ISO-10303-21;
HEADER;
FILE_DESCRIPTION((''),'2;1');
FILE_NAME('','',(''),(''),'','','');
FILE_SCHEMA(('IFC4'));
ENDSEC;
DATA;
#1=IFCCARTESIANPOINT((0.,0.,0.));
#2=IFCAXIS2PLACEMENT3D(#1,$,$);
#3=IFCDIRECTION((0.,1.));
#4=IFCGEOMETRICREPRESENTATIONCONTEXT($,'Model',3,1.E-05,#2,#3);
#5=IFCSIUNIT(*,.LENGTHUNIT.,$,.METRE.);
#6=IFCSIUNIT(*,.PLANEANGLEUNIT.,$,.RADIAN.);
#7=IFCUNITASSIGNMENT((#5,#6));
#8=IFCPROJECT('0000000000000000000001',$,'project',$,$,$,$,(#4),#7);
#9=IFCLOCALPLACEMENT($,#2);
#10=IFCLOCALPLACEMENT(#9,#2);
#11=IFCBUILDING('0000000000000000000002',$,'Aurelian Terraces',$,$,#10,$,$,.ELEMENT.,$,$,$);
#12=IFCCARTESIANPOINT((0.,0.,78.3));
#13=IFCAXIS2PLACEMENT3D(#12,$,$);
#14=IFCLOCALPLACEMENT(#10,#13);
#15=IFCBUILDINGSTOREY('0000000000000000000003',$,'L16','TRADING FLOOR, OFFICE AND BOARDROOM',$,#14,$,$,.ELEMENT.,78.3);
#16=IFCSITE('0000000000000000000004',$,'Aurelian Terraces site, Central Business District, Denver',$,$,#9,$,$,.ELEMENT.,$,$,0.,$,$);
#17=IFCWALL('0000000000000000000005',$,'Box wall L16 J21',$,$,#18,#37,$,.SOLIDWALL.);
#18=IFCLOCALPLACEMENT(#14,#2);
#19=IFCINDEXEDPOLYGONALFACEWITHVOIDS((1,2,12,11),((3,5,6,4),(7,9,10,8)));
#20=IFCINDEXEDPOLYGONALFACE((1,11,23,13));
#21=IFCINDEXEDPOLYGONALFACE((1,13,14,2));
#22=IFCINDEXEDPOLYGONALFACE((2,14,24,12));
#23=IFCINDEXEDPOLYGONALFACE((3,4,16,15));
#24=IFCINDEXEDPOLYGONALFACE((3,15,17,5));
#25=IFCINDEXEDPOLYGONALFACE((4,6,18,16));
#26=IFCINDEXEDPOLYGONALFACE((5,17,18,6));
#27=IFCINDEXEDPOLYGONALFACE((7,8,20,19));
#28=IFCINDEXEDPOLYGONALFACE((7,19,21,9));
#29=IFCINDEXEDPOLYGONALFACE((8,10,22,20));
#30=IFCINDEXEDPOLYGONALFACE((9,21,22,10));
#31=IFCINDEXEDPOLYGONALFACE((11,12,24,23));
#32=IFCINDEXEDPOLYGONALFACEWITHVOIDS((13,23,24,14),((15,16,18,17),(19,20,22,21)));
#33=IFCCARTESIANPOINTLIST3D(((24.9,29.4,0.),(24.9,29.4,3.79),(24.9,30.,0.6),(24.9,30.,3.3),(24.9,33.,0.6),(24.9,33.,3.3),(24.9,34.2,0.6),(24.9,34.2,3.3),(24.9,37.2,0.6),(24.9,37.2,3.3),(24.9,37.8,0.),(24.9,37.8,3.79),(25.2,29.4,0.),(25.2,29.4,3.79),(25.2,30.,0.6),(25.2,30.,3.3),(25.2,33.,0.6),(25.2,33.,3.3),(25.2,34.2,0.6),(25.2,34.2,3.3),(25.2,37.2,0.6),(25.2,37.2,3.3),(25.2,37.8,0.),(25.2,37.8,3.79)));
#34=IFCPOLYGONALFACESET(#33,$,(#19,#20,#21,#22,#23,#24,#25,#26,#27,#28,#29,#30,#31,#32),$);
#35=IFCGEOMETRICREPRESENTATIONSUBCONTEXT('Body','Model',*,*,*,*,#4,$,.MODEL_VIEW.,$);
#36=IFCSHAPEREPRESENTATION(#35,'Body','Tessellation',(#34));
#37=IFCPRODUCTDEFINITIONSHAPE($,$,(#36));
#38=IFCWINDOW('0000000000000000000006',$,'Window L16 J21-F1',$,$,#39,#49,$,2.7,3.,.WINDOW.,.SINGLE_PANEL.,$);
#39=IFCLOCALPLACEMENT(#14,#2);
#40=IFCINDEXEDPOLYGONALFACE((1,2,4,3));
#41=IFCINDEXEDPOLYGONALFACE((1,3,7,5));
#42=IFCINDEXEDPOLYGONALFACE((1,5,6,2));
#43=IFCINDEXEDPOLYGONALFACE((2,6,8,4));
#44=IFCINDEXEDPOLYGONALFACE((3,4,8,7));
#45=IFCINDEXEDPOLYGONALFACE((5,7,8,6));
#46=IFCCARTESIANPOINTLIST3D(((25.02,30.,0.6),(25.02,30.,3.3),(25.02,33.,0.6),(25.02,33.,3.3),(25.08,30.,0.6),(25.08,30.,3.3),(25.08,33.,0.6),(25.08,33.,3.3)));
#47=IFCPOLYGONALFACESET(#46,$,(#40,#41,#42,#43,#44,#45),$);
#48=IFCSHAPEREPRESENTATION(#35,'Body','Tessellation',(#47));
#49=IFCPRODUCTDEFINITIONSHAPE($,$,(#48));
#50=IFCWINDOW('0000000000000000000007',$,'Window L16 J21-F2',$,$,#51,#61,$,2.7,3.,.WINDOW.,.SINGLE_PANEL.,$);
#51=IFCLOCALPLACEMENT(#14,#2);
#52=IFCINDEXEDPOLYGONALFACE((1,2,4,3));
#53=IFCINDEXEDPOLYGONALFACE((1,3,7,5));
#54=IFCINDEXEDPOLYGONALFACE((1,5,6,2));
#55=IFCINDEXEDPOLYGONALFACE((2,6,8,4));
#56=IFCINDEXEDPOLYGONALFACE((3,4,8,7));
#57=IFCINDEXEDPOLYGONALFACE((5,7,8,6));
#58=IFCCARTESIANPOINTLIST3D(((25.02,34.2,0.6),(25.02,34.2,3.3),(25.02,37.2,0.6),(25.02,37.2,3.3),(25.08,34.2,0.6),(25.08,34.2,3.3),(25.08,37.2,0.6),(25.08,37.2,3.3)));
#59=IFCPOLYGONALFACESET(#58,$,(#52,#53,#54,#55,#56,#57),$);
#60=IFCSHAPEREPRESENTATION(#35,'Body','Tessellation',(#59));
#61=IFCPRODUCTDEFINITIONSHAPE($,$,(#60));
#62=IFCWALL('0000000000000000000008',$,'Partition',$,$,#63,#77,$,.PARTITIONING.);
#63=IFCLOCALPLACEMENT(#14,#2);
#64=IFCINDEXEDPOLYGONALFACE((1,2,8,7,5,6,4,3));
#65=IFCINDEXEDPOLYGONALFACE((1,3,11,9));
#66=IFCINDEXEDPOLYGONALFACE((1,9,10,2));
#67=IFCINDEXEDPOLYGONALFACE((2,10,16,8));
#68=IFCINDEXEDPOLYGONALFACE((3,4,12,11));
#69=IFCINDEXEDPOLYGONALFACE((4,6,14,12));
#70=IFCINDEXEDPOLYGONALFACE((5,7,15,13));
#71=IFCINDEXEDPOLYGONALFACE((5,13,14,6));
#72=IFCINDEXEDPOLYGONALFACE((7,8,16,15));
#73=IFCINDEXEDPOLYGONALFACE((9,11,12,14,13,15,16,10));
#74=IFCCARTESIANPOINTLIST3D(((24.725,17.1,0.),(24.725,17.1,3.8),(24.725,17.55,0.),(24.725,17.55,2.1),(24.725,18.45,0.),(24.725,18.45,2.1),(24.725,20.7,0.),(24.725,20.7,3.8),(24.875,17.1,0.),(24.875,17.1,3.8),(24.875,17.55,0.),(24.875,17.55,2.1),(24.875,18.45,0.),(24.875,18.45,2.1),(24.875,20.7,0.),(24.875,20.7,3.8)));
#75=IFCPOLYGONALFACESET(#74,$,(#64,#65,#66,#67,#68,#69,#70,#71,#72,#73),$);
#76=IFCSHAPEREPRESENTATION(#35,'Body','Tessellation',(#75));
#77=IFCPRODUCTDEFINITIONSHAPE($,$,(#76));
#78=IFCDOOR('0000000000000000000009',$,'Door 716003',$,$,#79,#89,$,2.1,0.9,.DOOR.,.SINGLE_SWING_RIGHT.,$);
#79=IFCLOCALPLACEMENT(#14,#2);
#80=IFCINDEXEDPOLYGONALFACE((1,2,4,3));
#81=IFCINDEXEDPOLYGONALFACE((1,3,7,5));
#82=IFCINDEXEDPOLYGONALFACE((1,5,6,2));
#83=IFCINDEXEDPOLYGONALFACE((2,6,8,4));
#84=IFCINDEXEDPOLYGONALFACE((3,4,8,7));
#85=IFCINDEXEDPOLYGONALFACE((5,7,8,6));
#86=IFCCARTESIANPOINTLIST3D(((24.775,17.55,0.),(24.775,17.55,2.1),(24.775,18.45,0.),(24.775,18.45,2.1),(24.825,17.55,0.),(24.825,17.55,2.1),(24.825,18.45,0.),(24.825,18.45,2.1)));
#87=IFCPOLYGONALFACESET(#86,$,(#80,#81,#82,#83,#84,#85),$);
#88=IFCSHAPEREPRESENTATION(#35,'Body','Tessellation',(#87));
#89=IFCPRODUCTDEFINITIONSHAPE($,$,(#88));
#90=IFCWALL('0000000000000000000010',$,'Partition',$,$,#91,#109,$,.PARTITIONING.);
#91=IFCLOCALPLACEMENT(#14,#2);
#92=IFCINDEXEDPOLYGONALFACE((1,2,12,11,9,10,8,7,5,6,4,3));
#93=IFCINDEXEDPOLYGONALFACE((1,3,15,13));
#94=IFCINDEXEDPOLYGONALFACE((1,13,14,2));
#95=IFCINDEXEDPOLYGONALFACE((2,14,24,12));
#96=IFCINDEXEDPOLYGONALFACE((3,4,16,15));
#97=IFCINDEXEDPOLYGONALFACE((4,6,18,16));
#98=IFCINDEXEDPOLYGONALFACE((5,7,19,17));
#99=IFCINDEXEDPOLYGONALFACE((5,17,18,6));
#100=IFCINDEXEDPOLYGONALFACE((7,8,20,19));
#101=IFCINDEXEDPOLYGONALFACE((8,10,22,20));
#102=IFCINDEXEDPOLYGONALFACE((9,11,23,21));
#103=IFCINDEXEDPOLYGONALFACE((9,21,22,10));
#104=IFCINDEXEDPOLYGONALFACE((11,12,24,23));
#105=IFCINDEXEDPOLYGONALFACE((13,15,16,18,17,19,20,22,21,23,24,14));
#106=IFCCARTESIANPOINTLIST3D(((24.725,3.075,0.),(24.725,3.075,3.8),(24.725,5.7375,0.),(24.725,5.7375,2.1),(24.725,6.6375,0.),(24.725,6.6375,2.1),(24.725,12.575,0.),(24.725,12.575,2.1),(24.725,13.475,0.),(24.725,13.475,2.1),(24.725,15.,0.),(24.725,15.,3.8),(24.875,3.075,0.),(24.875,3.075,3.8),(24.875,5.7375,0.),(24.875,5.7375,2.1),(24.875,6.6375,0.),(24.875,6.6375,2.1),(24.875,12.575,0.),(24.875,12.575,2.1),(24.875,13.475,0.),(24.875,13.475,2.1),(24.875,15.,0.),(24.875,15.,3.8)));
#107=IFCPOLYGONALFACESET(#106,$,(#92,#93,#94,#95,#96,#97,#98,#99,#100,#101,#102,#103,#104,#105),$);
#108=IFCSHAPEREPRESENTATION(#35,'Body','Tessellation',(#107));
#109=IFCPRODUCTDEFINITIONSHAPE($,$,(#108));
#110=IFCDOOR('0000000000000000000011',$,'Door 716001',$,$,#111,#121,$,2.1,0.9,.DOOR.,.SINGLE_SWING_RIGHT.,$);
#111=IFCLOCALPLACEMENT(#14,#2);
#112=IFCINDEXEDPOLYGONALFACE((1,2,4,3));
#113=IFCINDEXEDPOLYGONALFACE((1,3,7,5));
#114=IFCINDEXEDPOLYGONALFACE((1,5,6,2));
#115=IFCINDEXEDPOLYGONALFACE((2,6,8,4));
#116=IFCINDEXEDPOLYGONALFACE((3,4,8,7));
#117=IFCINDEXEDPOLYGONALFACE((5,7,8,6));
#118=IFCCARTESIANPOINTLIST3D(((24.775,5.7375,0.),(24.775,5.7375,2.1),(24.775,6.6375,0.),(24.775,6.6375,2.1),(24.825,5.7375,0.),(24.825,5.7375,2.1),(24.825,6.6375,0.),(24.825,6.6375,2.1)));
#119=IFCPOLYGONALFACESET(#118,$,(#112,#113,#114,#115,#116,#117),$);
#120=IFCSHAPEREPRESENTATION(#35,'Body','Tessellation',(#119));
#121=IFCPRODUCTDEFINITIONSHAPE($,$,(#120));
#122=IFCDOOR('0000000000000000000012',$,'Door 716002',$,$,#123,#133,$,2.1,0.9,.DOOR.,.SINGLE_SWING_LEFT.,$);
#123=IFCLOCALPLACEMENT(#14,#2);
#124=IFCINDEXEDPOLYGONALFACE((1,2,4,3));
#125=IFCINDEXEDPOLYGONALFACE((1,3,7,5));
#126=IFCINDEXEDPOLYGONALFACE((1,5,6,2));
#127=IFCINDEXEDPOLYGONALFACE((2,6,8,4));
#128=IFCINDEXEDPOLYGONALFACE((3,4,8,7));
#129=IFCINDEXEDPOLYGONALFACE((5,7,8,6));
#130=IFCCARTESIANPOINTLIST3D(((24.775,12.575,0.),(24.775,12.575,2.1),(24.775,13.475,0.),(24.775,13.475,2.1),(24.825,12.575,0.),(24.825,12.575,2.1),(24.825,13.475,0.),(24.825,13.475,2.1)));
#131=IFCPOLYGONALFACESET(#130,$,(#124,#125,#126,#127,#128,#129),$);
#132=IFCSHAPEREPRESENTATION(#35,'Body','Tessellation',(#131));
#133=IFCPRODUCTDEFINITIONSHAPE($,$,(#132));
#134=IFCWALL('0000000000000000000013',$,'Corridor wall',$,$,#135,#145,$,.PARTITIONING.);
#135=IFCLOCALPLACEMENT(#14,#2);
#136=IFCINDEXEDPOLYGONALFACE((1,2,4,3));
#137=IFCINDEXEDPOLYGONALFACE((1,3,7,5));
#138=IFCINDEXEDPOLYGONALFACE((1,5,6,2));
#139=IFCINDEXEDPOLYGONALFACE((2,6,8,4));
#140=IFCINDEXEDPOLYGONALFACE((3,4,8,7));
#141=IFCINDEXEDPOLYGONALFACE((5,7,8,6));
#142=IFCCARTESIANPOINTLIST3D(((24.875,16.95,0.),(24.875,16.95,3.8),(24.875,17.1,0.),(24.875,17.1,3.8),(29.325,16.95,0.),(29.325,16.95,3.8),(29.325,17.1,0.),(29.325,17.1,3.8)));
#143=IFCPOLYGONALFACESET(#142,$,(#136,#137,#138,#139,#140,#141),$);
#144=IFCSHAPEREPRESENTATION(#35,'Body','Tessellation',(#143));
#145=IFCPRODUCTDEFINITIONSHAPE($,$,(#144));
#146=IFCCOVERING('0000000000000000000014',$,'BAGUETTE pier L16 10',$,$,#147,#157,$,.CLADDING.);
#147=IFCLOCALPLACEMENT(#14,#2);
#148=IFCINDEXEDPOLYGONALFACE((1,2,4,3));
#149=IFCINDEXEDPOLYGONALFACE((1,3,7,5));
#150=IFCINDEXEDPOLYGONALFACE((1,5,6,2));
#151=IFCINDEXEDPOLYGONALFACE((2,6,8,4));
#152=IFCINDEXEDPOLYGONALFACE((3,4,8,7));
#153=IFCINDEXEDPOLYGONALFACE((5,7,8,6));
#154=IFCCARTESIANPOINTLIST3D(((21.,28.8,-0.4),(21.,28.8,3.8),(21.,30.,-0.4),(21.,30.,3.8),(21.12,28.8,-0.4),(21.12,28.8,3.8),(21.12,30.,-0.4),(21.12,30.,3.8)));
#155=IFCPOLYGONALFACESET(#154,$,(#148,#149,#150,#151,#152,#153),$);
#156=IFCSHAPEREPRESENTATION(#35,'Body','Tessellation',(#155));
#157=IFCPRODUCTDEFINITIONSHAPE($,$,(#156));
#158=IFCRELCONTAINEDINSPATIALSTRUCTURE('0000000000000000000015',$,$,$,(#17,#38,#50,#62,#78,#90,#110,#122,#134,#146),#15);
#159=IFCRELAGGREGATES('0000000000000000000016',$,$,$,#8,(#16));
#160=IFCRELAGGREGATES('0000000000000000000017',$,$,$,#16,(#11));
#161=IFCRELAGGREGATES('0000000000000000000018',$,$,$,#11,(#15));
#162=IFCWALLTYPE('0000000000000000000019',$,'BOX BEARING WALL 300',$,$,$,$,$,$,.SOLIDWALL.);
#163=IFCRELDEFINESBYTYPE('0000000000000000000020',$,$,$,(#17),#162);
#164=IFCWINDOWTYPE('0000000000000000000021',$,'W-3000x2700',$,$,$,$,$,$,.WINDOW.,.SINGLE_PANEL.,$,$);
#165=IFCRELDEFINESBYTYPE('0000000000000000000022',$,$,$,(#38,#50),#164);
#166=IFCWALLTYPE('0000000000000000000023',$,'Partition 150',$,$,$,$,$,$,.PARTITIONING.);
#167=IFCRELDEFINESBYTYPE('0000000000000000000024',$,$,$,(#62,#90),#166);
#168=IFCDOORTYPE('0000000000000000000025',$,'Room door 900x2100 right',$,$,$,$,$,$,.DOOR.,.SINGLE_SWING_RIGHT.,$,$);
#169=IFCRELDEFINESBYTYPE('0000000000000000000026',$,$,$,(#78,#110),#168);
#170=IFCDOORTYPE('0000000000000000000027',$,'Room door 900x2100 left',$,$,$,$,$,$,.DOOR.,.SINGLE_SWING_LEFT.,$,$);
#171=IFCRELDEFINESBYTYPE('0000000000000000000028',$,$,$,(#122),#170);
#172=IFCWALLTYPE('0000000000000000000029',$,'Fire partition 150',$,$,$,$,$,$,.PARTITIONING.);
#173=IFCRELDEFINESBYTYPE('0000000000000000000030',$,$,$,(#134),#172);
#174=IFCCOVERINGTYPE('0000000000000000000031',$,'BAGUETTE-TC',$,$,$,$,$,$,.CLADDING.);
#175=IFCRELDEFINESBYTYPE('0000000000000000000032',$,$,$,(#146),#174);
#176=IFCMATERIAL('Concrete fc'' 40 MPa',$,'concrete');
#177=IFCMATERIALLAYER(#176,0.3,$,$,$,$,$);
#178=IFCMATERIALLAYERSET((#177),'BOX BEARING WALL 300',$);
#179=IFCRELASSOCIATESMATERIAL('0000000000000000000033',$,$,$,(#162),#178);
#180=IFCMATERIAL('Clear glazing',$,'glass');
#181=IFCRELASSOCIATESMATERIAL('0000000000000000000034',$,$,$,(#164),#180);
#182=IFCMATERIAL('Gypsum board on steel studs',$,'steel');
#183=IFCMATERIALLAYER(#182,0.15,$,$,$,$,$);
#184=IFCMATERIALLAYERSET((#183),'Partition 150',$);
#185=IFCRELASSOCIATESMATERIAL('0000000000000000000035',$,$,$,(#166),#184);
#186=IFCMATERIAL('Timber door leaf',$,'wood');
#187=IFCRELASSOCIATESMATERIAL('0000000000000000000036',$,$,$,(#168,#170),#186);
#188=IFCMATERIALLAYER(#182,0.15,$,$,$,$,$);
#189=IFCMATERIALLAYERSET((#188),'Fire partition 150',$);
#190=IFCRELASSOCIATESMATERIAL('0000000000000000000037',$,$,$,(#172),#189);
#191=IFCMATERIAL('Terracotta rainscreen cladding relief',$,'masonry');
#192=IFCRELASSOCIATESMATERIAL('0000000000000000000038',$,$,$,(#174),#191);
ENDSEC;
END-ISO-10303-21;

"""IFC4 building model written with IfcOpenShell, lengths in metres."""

from ifc_helpers import new_model, si_unit, direction, frame, frame_2d, origin, origin_2d, place, context, subcontext, project, spatial, rectangle, extrude, source, transform, mapped, material, layer, layer_set, type_object, element, fill, save


model = new_model("IFC4")

# Units and contexts
model_context = context("Model", 3, precision=1e-05, world=origin(), true_north=direction((0.0, 1.0)))
body_context = subcontext(model_context, "Body", "Model", "MODEL_VIEW")
ifc_project = project(units=[si_unit("LENGTHUNIT", "METRE"), si_unit("PLANEANGLEUNIT", "RADIAN")], contexts=[model_context])

# Site, building, storey
site_placement = place(None, origin())
site = spatial("IfcSite", under=ifc_project, at=site_placement, Name="Aurelian Terraces site, Central Business District, Denver", CompositionType="ELEMENT", RefElevation=0.0)
building_placement = place(site_placement, origin())
building = spatial("IfcBuilding", under=site, at=building_placement, Name="Aurelian Terraces", CompositionType="ELEMENT")
storey_placement = place(building_placement, frame((0.0, 0.0, 78.3)))
storey = spatial("IfcBuildingStorey", under=building, at=storey_placement, Name="L16", Description="TRADING FLOOR, OFFICE AND BOARDROOM", CompositionType="ELEMENT", Elevation=78.3)

# Shared definitions
ifc_material_1 = material(Name="Concrete fc' 40 MPa", Category="concrete")
ifc_material_2 = material(Name="Clear glazing", Category="glass")

# Wall, openings, windows
ifc_layer_1 = layer(ifc_material_1, 0.3)
ifc_layer_set_1 = layer_set([ifc_layer_1], Name="BOX BEARING WALL 300")
wall_type_1 = type_object("IfcWallType", Name="BOX BEARING WALL 300", PredefinedType="SOLIDWALL", material=ifc_layer_set_1)
shared_shape_1 = source(origin(), body_context, "Body", "SweptSolid", [
    extrude(rectangle(XDim=8.4, YDim=0.3, at=frame_2d((4.2, 0.0))), origin(), (0.0, 0.0, 1.0), 3.79),
])
wall_1_placement = place(storey_placement, frame((25.05, 29.4, 0.0), z_axis=(0.0, 0.0, 1.0), x_axis=(0.0, 1.0, 0.0)))
wall_1 = element("IfcWall", 1, at=wall_1_placement, inside=storey, type_object=wall_type_1, Name="Box wall L16 J21", PredefinedType="SOLIDWALL", context=body_context, shape_type="MappedRepresentation", body=[
    mapped(shared_shape_1, transform((0.0, 0.0, 0.0), scale=1.0)),
])
shared_shape_2 = source(origin(), body_context, "Body", "SweptSolid", [
    extrude(rectangle(XDim=3.0, YDim=2.7, at=frame_2d((1.5, 1.35))), frame((0.0, 0.16, 0.0), z_axis=(0.0, -1.0, 0.0), x_axis=(1.0, 0.0, 0.0)), (0.0, 0.0, 1.0), 0.32),
])
opening_1_placement = place(wall_1_placement, frame((0.6, 0.0, 0.6)))
opening_1 = element("IfcOpeningElement", 2, at=opening_1_placement, cuts=wall_1, PredefinedType="OPENING", context=body_context, shape_type="MappedRepresentation", body=[
    mapped(shared_shape_2, transform((0.0, 0.0, 0.0), scale=1.0)),
])
opening_2_placement = place(wall_1_placement, frame((4.8, 0.0, 0.6)))
opening_2 = element("IfcOpeningElement", 3, at=opening_2_placement, cuts=wall_1, PredefinedType="OPENING", context=body_context, shape_type="MappedRepresentation", body=[
    mapped(shared_shape_2, transform((0.0, 0.0, 0.0), scale=1.0)),
])
window_type_1 = type_object("IfcWindowType", Name="W-3000x2700", PartitioningType="SINGLE_PANEL", PredefinedType="WINDOW", material=ifc_material_2)
shared_shape_3 = source(origin(), body_context, "Body", "SweptSolid", [
    extrude(rectangle(XDim=3.0, YDim=2.7, at=frame_2d((1.5, 1.35))), frame((0.0, 0.03, 0.0), z_axis=(0.0, -1.0, 0.0), x_axis=(1.0, 0.0, 0.0)), (0.0, 0.0, 1.0), 0.06),
])
window_1_placement = place(opening_1_placement, origin())
window_1 = element("IfcWindow", 4, at=window_1_placement, inside=storey, type_object=window_type_1, Name="Window L16 J21-F1", OverallHeight=2.7, OverallWidth=3.0, PartitioningType="SINGLE_PANEL", PredefinedType="WINDOW", context=body_context, shape_type="MappedRepresentation", body=[
    mapped(shared_shape_3, transform((0.0, 0.0, 0.0), scale=1.0)),
])
fill(opening_1, window_1)
window_2_placement = place(opening_2_placement, origin())
window_2 = element("IfcWindow", 5, at=window_2_placement, inside=storey, type_object=window_type_1, Name="Window L16 J21-F2", OverallHeight=2.7, OverallWidth=3.0, PartitioningType="SINGLE_PANEL", PredefinedType="WINDOW", context=body_context, shape_type="MappedRepresentation", body=[
    mapped(shared_shape_3, transform((0.0, 0.0, 0.0), scale=1.0)),
])
fill(opening_2, window_2)

# Wall, opening, door
ifc_material_3 = material(Name="Gypsum board on steel studs", Category="steel")
ifc_layer_2 = layer(ifc_material_3, 0.15)
ifc_layer_set_2 = layer_set([ifc_layer_2], Name="Partition 150")
wall_type_2 = type_object("IfcWallType", Name="Partition 150", PredefinedType="PARTITIONING", material=ifc_layer_set_2)
shared_shape_4 = source(origin(), body_context, "Body", "SweptSolid", [
    extrude(rectangle(XDim=3.6, YDim=0.15, at=frame_2d((1.8, 0.0))), origin(), (0.0, 0.0, 1.0), 3.8),
])
wall_2_placement = place(storey_placement, frame((24.8, 20.7, 0.0), z_axis=(0.0, 0.0, 1.0), x_axis=(0.0, -1.0, 0.0)))
wall_2 = element("IfcWall", 6, at=wall_2_placement, inside=storey, type_object=wall_type_2, Name="Partition", PredefinedType="PARTITIONING", context=body_context, shape_type="MappedRepresentation", body=[
    mapped(shared_shape_4, transform((0.0, 0.0, 0.0), scale=1.0)),
])
shared_shape_5 = source(origin(), body_context, "Body", "SweptSolid", [
    extrude(rectangle(XDim=0.9, YDim=2.1, at=frame_2d((0.45, 1.05))), frame((0.0, 0.085, 0.0), z_axis=(0.0, -1.0, 0.0), x_axis=(1.0, 0.0, 0.0)), (0.0, 0.0, 1.0), 0.17),
])
opening_3_placement = place(wall_2_placement, frame((2.25, 0.0, 0.0)))
opening_3 = element("IfcOpeningElement", 7, at=opening_3_placement, cuts=wall_2, PredefinedType="OPENING", context=body_context, shape_type="MappedRepresentation", body=[
    mapped(shared_shape_5, transform((0.0, 0.0, 0.0), scale=1.0)),
])
ifc_material_4 = material(Name="Timber door leaf", Category="wood")
door_type_1 = type_object("IfcDoorType", Name="Room door 900x2100 right", OperationType="SINGLE_SWING_RIGHT", PredefinedType="DOOR", material=ifc_material_4)
shared_shape_6 = source(origin(), body_context, "Body", "SweptSolid", [
    extrude(rectangle(XDim=0.9, YDim=2.1, at=frame_2d((0.45, 1.05))), frame((0.0, 0.025, 0.0), z_axis=(0.0, -1.0, 0.0), x_axis=(1.0, 0.0, 0.0)), (0.0, 0.0, 1.0), 0.05),
])
door_1_placement = place(opening_3_placement, origin())
door_1 = element("IfcDoor", 8, at=door_1_placement, inside=storey, type_object=door_type_1, Name="Door 716003", OperationType="SINGLE_SWING_RIGHT", OverallHeight=2.1, OverallWidth=0.9, PredefinedType="DOOR", context=body_context, shape_type="MappedRepresentation", body=[
    mapped(shared_shape_6, transform((0.0, 0.0, 0.0), scale=1.0)),
])
fill(opening_3, door_1)

# Wall, openings, doors
shared_shape_7 = source(origin(), body_context, "Body", "SweptSolid", [
    extrude(rectangle(XDim=11.925, YDim=0.15, at=frame_2d((5.9625, 0.0))), origin(), (0.0, 0.0, 1.0), 3.8),
])
wall_3_placement = place(storey_placement, frame((24.8, 15.0, 0.0), z_axis=(0.0, 0.0, 1.0), x_axis=(0.0, -1.0, 0.0)))
wall_3 = element("IfcWall", 9, at=wall_3_placement, inside=storey, type_object=wall_type_2, Name="Partition", PredefinedType="PARTITIONING", context=body_context, shape_type="MappedRepresentation", body=[
    mapped(shared_shape_7, transform((0.0, 0.0, 0.0), scale=1.0)),
])
opening_4_placement = place(wall_3_placement, frame((8.3625, 0.0, 0.0)))
opening_4 = element("IfcOpeningElement", 10, at=opening_4_placement, cuts=wall_3, PredefinedType="OPENING", context=body_context, shape_type="MappedRepresentation", body=[
    mapped(shared_shape_5, transform((0.0, 0.0, 0.0), scale=1.0)),
])
opening_5_placement = place(wall_3_placement, frame((1.525, 0.0, 0.0)))
opening_5 = element("IfcOpeningElement", 11, at=opening_5_placement, cuts=wall_3, PredefinedType="OPENING", context=body_context, shape_type="MappedRepresentation", body=[
    mapped(shared_shape_5, transform((0.0, 0.0, 0.0), scale=1.0)),
])
door_2_placement = place(opening_4_placement, origin())
door_2 = element("IfcDoor", 12, at=door_2_placement, inside=storey, type_object=door_type_1, Name="Door 716001", OperationType="SINGLE_SWING_RIGHT", OverallHeight=2.1, OverallWidth=0.9, PredefinedType="DOOR", context=body_context, shape_type="MappedRepresentation", body=[
    mapped(shared_shape_6, transform((0.0, 0.0, 0.0), scale=1.0)),
])
fill(opening_4, door_2)
door_type_2 = type_object("IfcDoorType", Name="Room door 900x2100 left", OperationType="SINGLE_SWING_LEFT", PredefinedType="DOOR", material=ifc_material_4)
door_3_placement = place(opening_5_placement, origin())
door_3 = element("IfcDoor", 13, at=door_3_placement, inside=storey, type_object=door_type_2, Name="Door 716002", OperationType="SINGLE_SWING_LEFT", OverallHeight=2.1, OverallWidth=0.9, PredefinedType="DOOR", context=body_context, shape_type="MappedRepresentation", body=[
    mapped(shared_shape_6, transform((0.0, 0.0, 0.0), scale=1.0)),
])
fill(opening_5, door_3)

# Wall
ifc_layer_3 = layer(ifc_material_3, 0.15)
ifc_layer_set_3 = layer_set([ifc_layer_3], Name="Fire partition 150")
wall_type_3 = type_object("IfcWallType", Name="Fire partition 150", PredefinedType="PARTITIONING", material=ifc_layer_set_3)
shared_shape_8 = source(origin(), body_context, "Body", "SweptSolid", [
    extrude(rectangle(XDim=4.45, YDim=0.15, at=frame_2d((2.225, 0.0))), origin(), (0.0, 0.0, 1.0), 3.8),
])
wall_4_placement = place(storey_placement, frame((24.875, 17.025, 0.0), z_axis=(0.0, 0.0, 1.0), x_axis=(1.0, 0.0, 0.0)))
element("IfcWall", 14, at=wall_4_placement, inside=storey, type_object=wall_type_3, Name="Corridor wall", PredefinedType="PARTITIONING", context=body_context, shape_type="MappedRepresentation", body=[
    mapped(shared_shape_8, transform((0.0, 0.0, 0.0), scale=1.0)),
])

# Covering
ifc_material_5 = material(Name="Terracotta rainscreen cladding relief", Category="masonry")
covering_type = type_object("IfcCoveringType", Name="BAGUETTE-TC", PredefinedType="CLADDING", material=ifc_material_5)
shared_shape_9 = source(origin(), body_context, "Body", "SweptSolid", [
    extrude(rectangle(XDim=0.12, YDim=1.2, at=origin_2d()), origin(), (0.0, 0.0, 1.0), 4.2),
])
covering_placement = place(storey_placement, frame((21.06, 29.4, -0.4), z_axis=(0.0, 0.0, 1.0), x_axis=(1.0, 0.0, 0.0)))
element("IfcCovering", 15, at=covering_placement, inside=storey, type_object=covering_type, Name="BAGUETTE pier L16 10", PredefinedType="CLADDING", context=body_context, shape_type="MappedRepresentation", body=[
    mapped(shared_shape_9, transform((0.0, 0.0, 0.0), scale=1.0)),
])

save(model, "model.ifc")
